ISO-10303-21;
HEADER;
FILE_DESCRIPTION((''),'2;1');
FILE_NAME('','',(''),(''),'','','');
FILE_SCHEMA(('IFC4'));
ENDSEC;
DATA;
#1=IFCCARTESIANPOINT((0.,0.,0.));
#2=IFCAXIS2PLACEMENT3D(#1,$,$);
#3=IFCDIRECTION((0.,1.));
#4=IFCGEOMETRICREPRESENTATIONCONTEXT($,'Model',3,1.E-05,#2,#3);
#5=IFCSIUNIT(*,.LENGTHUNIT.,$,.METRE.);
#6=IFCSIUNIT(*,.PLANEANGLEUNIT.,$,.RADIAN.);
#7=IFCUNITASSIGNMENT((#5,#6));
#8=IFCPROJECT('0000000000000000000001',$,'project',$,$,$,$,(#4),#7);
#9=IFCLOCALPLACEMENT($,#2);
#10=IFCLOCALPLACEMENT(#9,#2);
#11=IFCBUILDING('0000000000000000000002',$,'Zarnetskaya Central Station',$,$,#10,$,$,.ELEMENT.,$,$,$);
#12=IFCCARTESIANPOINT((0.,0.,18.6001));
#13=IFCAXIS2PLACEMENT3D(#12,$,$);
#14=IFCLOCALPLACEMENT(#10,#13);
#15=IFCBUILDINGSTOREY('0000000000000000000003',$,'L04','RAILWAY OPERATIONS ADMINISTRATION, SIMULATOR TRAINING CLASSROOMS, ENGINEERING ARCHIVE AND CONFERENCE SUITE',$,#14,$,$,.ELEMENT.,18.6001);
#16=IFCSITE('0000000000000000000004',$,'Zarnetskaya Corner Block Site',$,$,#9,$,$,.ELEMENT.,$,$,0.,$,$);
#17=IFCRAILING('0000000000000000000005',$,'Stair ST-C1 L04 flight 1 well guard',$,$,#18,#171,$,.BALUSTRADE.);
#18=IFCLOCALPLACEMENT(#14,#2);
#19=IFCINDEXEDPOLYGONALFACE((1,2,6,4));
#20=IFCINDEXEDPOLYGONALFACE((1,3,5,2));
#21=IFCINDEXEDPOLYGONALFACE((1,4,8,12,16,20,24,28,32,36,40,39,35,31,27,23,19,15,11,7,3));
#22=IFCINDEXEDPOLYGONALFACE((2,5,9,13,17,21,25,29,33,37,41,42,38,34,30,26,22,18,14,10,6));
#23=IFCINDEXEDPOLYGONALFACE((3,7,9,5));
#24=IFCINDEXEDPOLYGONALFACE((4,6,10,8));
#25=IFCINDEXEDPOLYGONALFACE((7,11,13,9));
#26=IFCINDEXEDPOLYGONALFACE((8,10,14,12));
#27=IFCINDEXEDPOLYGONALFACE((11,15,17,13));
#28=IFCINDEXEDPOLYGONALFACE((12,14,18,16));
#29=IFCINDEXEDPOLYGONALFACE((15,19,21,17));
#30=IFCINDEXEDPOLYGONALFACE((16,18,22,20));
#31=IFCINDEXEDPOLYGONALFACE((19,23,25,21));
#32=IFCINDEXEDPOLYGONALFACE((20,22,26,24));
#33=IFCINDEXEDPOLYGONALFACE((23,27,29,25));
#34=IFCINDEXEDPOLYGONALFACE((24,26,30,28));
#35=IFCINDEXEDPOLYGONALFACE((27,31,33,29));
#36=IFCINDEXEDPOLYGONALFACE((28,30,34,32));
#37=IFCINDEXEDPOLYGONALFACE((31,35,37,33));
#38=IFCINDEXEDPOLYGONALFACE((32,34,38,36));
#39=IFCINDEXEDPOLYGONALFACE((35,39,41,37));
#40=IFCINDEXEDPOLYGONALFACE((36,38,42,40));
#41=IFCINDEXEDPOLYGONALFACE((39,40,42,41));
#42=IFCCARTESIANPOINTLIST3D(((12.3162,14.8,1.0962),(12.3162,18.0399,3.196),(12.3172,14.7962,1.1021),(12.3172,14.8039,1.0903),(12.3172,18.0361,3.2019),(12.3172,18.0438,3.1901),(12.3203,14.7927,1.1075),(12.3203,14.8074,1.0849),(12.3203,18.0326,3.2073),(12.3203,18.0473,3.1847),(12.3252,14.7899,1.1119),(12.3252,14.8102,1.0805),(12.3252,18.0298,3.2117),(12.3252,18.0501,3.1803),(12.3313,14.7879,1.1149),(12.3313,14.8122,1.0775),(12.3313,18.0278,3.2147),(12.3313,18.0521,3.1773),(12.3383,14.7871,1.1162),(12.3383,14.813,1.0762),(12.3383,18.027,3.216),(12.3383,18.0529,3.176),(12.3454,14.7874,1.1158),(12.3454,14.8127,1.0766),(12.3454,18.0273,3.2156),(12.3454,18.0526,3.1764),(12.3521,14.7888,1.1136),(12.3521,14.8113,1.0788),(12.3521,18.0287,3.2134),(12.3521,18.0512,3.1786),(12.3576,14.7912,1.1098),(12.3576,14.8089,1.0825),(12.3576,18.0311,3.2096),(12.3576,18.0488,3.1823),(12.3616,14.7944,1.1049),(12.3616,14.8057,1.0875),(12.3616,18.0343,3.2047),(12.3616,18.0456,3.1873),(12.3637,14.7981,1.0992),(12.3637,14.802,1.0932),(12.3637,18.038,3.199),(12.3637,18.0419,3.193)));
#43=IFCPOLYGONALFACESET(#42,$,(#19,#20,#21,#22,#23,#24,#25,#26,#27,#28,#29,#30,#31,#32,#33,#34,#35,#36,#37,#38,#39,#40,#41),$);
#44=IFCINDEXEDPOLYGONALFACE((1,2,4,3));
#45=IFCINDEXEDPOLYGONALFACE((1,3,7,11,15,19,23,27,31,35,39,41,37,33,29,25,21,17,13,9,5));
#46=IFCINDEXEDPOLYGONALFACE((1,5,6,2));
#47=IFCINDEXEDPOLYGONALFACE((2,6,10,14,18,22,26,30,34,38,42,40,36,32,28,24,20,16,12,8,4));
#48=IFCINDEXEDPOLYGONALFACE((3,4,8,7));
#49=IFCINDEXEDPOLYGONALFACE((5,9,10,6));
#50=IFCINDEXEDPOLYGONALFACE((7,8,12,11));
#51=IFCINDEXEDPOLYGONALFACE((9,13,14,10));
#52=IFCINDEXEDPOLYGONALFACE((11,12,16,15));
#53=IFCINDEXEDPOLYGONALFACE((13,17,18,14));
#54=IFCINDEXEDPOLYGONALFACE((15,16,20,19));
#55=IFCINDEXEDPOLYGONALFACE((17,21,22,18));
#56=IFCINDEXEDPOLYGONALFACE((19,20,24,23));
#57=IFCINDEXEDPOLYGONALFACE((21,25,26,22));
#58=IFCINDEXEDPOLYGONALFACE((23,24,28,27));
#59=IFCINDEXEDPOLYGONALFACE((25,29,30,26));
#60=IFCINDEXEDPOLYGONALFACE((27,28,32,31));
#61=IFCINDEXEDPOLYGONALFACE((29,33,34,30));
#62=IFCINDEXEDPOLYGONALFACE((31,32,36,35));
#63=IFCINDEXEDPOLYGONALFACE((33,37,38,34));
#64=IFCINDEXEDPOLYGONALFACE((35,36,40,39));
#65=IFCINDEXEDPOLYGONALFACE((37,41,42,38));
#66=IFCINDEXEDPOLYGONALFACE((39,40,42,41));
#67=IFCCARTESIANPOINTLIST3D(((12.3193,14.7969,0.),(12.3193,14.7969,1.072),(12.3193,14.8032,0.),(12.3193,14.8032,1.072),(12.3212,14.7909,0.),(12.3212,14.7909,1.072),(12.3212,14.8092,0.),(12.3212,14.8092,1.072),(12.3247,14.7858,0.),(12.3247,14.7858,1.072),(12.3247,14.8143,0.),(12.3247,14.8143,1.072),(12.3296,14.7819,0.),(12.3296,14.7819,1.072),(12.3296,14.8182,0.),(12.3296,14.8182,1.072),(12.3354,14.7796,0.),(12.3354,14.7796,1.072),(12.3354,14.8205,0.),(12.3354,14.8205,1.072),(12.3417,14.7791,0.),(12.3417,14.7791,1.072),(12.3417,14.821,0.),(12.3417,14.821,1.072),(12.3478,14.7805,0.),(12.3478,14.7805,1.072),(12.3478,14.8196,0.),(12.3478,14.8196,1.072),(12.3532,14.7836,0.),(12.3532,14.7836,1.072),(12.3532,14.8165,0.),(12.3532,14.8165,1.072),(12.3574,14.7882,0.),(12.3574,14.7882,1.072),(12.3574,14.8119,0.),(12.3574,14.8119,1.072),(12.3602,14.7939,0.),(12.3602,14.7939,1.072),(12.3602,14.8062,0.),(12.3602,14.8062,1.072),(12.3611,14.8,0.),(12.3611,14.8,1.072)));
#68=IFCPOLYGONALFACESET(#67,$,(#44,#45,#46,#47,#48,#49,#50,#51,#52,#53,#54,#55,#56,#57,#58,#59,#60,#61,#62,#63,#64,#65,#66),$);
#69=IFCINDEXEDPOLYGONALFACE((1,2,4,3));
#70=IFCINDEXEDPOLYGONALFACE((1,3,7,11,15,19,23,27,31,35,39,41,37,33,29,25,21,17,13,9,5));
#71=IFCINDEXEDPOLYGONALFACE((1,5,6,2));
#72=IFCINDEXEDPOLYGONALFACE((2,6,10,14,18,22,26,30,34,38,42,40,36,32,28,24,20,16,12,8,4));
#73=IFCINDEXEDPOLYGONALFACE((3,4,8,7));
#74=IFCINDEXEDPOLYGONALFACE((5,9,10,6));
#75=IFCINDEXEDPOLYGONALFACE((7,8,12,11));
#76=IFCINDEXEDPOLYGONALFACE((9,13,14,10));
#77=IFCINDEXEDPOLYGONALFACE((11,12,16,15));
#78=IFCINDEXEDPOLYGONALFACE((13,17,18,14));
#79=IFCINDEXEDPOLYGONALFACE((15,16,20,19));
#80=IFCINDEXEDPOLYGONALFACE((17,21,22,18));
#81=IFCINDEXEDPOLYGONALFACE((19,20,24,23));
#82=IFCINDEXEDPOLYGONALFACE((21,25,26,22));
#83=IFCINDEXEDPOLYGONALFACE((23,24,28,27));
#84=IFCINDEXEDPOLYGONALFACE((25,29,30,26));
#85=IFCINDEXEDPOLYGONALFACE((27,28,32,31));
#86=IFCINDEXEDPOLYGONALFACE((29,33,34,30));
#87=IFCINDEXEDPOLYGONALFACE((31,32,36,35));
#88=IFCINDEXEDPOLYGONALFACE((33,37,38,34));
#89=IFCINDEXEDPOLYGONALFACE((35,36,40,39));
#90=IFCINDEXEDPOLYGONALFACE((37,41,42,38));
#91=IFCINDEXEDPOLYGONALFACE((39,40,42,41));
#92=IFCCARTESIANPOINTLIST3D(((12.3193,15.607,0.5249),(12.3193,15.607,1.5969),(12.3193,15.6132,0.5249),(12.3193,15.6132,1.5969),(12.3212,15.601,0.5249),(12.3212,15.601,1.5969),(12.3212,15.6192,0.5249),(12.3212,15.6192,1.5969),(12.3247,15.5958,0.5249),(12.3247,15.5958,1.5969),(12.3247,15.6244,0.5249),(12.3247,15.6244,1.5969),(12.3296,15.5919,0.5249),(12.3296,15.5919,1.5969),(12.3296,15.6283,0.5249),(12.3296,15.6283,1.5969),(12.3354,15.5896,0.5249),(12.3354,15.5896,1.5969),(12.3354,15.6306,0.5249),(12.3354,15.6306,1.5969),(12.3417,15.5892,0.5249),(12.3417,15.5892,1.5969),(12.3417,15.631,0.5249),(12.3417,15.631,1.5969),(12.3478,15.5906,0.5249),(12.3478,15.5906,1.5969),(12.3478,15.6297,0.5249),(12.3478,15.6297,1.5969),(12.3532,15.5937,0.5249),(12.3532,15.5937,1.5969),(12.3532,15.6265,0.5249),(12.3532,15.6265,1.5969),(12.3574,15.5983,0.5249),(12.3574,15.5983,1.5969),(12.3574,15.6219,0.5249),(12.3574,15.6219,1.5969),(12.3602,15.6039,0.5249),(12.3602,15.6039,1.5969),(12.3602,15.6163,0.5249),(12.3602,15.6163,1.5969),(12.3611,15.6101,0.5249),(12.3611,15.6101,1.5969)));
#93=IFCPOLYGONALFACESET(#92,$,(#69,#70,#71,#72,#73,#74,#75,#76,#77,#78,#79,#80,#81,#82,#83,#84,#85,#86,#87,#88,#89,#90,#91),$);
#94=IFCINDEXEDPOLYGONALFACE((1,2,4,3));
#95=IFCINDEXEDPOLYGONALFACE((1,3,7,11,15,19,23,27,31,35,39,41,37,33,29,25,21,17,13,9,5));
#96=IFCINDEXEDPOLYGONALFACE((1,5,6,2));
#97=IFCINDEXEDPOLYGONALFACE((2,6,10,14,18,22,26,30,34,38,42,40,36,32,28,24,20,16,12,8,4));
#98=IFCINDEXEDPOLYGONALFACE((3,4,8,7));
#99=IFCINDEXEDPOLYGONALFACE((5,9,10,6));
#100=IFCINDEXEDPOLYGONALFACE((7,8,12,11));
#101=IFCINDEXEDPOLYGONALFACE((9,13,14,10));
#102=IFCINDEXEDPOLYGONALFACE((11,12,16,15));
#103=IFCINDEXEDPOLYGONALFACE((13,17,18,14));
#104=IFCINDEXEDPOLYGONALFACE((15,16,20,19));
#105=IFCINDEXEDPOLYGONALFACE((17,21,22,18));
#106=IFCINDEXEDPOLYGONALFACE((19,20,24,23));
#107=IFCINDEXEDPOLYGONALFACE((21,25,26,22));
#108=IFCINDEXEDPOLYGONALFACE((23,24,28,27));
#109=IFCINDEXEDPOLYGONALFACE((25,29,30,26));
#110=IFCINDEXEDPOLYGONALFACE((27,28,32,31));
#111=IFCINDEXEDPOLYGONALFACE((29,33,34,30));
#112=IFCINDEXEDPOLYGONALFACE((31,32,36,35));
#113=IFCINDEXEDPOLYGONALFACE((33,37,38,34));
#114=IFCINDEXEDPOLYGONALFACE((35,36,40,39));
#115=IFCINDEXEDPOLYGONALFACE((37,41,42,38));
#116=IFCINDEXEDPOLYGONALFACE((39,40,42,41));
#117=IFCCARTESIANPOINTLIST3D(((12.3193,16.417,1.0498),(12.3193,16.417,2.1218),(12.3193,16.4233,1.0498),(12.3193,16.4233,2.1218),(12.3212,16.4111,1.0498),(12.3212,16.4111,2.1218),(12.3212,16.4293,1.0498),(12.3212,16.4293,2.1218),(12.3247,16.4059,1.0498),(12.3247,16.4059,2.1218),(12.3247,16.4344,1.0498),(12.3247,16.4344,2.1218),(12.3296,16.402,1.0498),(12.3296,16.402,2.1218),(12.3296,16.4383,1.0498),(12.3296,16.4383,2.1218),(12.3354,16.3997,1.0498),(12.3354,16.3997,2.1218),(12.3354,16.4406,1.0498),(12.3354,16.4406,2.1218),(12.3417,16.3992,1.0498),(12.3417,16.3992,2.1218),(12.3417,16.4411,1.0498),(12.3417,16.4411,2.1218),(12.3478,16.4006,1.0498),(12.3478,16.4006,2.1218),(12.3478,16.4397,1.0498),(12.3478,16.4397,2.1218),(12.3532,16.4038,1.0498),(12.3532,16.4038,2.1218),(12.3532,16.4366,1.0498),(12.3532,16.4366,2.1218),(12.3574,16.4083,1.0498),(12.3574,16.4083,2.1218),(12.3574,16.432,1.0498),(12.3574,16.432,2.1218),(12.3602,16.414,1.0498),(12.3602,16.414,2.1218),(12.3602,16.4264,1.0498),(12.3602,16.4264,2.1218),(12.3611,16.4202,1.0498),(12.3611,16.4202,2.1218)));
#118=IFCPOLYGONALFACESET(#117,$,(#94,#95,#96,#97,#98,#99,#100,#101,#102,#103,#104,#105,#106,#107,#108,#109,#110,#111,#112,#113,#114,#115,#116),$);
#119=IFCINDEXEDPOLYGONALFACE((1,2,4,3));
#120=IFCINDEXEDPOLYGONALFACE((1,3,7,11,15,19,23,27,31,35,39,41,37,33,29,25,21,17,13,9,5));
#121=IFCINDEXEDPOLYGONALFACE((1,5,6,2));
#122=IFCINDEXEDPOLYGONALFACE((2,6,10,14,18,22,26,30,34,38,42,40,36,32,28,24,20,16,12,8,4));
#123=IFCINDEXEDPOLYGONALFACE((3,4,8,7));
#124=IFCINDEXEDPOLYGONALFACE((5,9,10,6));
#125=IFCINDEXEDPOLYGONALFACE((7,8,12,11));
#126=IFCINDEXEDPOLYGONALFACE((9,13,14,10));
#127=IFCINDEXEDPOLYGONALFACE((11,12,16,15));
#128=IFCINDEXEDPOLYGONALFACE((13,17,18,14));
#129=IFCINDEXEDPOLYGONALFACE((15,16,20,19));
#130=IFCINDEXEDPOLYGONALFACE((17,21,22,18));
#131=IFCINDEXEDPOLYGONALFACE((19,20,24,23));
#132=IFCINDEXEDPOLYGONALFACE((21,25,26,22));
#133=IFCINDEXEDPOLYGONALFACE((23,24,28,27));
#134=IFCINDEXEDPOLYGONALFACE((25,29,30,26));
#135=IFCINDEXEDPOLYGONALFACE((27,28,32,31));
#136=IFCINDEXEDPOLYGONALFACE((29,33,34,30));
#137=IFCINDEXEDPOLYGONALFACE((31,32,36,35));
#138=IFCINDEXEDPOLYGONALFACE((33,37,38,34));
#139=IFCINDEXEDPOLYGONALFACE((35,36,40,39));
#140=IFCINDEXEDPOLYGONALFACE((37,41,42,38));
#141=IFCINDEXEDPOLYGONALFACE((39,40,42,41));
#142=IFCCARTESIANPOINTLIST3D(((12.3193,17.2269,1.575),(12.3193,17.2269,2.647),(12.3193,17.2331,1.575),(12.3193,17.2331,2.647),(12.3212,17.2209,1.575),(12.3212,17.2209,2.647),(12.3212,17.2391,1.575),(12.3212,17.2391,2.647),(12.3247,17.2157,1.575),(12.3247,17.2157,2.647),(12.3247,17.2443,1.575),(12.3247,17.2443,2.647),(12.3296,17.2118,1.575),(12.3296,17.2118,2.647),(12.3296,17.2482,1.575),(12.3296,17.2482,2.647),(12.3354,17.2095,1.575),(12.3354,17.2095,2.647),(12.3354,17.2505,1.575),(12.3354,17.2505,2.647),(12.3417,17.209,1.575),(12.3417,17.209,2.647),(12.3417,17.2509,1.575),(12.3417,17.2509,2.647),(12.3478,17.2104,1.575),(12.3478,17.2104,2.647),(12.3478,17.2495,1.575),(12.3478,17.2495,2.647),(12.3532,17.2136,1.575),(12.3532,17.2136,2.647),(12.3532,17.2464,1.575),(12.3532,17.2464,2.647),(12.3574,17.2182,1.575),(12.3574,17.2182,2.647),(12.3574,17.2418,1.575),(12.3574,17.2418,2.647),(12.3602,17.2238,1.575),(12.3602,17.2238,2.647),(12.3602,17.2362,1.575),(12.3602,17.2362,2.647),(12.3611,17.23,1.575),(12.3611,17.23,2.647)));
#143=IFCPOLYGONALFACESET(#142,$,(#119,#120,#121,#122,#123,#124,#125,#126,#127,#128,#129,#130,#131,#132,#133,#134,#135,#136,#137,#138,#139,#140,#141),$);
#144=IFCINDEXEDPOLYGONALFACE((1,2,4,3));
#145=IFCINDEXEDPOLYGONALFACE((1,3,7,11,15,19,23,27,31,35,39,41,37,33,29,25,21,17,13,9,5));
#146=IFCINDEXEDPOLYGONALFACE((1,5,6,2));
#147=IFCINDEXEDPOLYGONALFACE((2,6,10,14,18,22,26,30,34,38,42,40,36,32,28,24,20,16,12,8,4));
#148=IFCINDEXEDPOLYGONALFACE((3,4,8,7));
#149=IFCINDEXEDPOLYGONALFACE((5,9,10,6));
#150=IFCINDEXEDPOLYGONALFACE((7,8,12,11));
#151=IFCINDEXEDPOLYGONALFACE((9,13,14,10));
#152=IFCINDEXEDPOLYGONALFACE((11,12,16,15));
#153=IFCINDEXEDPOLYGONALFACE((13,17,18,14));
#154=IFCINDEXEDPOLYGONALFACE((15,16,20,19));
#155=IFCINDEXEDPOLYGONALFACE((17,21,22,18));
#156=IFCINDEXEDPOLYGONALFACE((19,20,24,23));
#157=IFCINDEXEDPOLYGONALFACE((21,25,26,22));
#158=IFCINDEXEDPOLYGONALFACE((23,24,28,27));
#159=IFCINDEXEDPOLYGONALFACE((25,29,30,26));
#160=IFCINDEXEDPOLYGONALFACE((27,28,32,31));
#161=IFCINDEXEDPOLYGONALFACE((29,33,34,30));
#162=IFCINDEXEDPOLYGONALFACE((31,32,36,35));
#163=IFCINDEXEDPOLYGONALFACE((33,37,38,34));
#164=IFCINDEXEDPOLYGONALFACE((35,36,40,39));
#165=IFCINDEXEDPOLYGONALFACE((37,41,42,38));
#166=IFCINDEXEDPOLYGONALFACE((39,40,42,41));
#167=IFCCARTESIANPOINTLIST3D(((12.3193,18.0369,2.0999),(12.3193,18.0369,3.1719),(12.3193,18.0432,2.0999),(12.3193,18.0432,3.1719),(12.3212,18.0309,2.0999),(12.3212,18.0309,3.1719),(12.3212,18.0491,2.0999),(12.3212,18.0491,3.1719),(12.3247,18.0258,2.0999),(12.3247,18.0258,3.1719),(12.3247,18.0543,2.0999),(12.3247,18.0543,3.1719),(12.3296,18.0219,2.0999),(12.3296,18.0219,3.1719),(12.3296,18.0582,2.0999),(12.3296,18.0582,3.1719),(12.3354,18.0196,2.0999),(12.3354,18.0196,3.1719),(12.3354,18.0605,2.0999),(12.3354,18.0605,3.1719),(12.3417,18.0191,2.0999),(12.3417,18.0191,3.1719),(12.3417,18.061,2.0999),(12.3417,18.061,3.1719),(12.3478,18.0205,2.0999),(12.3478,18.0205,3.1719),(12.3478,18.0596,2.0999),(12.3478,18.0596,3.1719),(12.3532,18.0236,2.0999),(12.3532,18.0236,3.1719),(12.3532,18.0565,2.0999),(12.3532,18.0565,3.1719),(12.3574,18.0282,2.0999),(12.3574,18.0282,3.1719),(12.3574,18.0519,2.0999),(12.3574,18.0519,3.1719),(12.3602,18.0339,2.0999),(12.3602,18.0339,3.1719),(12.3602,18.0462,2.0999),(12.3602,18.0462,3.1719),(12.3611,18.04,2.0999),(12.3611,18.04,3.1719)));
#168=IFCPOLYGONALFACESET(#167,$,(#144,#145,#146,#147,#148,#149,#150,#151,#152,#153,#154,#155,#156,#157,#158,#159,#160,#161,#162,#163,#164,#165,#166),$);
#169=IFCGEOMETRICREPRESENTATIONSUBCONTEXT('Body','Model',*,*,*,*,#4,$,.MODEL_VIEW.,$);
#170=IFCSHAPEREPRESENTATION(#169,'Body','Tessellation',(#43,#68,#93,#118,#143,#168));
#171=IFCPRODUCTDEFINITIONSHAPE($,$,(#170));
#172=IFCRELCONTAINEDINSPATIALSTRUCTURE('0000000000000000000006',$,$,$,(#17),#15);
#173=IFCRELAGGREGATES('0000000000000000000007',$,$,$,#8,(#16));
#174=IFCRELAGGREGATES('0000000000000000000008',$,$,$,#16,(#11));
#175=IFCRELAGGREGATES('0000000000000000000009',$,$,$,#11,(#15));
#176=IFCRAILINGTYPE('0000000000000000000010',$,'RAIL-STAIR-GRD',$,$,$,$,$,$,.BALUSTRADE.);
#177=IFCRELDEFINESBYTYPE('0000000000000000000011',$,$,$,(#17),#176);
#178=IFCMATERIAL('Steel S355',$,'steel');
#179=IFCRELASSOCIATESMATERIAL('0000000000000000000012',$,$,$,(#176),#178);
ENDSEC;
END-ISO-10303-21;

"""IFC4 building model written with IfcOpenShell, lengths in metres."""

from ifc_helpers import new_model, si_unit, direction, frame, origin, origin_2d, place, context, subcontext, project, spatial, circle, extrude, material, type_object, element, save


model = new_model("IFC4")

# Units and contexts
model_context = context("Model", 3, precision=1e-05, world=origin(), true_north=direction((0.0, 1.0)))
body_context = subcontext(model_context, "Body", "Model", "MODEL_VIEW")
ifc_project = project(units=[si_unit("LENGTHUNIT", "METRE"), si_unit("PLANEANGLEUNIT", "RADIAN")], contexts=[model_context])

# Site, building, storey
site_placement = place(None, origin())
site = spatial("IfcSite", under=ifc_project, at=site_placement, Name="Zarnetskaya Corner Block Site", CompositionType="ELEMENT", RefElevation=0.0)
building_placement = place(site_placement, origin())
building = spatial("IfcBuilding", under=site, at=building_placement, Name="Zarnetskaya Central Station", CompositionType="ELEMENT")
storey_placement = place(building_placement, frame((0.0, 0.0, 18.6001)))
storey = spatial("IfcBuildingStorey", under=building, at=storey_placement, Name="L04", Description="RAILWAY OPERATIONS ADMINISTRATION, SIMULATOR TRAINING CLASSROOMS, ENGINEERING ARCHIVE AND CONFERENCE SUITE", CompositionType="ELEMENT", Elevation=18.6001)

# Shared definitions
ifc_material_1 = material(Name="Steel S355", Category="steel")

# Railing
railing_type_1 = type_object("IfcRailingType", Name="RAIL-STAIR-GRD", PredefinedType="BALUSTRADE", material=ifc_material_1)
railing_1_placement = place(storey_placement, frame((12.3401, 14.8, 0.0)))
element("IfcRailing", 1, at=railing_1_placement, inside=storey, type_object=railing_type_1, Name="Stair ST-C1 L04 flight 1 well guard", PredefinedType="BALUSTRADE", context=body_context, shape_type="SweptSolid", body=[
    extrude(circle(Radius=0.0239, at=origin_2d()), frame((0.0, 0.0, 1.0962), z_axis=(0.0, 0.83917, 0.54387), x_axis=(-1.0, 0.0, 0.0)), (0.0, 0.0, 1.0), 3.8608),
    extrude(circle(Radius=0.021, at=origin_2d()), origin(), (0.0, 0.0, 1.0), 1.072),
    extrude(circle(Radius=0.021, at=origin_2d()), frame((0.0, 0.8101, 0.5249)), (0.0, 0.0, 1.0), 1.072),
    extrude(circle(Radius=0.021, at=origin_2d()), frame((0.0, 1.6201, 1.0498)), (0.0, 0.0, 1.0), 1.072),
    extrude(circle(Radius=0.021, at=origin_2d()), frame((0.0, 2.4299, 1.575)), (0.0, 0.0, 1.0), 1.072),
    extrude(circle(Radius=0.021, at=origin_2d()), frame((0.0, 3.24, 2.0999)), (0.0, 0.0, 1.0), 1.072),
])

save(model, "model.ifc")
